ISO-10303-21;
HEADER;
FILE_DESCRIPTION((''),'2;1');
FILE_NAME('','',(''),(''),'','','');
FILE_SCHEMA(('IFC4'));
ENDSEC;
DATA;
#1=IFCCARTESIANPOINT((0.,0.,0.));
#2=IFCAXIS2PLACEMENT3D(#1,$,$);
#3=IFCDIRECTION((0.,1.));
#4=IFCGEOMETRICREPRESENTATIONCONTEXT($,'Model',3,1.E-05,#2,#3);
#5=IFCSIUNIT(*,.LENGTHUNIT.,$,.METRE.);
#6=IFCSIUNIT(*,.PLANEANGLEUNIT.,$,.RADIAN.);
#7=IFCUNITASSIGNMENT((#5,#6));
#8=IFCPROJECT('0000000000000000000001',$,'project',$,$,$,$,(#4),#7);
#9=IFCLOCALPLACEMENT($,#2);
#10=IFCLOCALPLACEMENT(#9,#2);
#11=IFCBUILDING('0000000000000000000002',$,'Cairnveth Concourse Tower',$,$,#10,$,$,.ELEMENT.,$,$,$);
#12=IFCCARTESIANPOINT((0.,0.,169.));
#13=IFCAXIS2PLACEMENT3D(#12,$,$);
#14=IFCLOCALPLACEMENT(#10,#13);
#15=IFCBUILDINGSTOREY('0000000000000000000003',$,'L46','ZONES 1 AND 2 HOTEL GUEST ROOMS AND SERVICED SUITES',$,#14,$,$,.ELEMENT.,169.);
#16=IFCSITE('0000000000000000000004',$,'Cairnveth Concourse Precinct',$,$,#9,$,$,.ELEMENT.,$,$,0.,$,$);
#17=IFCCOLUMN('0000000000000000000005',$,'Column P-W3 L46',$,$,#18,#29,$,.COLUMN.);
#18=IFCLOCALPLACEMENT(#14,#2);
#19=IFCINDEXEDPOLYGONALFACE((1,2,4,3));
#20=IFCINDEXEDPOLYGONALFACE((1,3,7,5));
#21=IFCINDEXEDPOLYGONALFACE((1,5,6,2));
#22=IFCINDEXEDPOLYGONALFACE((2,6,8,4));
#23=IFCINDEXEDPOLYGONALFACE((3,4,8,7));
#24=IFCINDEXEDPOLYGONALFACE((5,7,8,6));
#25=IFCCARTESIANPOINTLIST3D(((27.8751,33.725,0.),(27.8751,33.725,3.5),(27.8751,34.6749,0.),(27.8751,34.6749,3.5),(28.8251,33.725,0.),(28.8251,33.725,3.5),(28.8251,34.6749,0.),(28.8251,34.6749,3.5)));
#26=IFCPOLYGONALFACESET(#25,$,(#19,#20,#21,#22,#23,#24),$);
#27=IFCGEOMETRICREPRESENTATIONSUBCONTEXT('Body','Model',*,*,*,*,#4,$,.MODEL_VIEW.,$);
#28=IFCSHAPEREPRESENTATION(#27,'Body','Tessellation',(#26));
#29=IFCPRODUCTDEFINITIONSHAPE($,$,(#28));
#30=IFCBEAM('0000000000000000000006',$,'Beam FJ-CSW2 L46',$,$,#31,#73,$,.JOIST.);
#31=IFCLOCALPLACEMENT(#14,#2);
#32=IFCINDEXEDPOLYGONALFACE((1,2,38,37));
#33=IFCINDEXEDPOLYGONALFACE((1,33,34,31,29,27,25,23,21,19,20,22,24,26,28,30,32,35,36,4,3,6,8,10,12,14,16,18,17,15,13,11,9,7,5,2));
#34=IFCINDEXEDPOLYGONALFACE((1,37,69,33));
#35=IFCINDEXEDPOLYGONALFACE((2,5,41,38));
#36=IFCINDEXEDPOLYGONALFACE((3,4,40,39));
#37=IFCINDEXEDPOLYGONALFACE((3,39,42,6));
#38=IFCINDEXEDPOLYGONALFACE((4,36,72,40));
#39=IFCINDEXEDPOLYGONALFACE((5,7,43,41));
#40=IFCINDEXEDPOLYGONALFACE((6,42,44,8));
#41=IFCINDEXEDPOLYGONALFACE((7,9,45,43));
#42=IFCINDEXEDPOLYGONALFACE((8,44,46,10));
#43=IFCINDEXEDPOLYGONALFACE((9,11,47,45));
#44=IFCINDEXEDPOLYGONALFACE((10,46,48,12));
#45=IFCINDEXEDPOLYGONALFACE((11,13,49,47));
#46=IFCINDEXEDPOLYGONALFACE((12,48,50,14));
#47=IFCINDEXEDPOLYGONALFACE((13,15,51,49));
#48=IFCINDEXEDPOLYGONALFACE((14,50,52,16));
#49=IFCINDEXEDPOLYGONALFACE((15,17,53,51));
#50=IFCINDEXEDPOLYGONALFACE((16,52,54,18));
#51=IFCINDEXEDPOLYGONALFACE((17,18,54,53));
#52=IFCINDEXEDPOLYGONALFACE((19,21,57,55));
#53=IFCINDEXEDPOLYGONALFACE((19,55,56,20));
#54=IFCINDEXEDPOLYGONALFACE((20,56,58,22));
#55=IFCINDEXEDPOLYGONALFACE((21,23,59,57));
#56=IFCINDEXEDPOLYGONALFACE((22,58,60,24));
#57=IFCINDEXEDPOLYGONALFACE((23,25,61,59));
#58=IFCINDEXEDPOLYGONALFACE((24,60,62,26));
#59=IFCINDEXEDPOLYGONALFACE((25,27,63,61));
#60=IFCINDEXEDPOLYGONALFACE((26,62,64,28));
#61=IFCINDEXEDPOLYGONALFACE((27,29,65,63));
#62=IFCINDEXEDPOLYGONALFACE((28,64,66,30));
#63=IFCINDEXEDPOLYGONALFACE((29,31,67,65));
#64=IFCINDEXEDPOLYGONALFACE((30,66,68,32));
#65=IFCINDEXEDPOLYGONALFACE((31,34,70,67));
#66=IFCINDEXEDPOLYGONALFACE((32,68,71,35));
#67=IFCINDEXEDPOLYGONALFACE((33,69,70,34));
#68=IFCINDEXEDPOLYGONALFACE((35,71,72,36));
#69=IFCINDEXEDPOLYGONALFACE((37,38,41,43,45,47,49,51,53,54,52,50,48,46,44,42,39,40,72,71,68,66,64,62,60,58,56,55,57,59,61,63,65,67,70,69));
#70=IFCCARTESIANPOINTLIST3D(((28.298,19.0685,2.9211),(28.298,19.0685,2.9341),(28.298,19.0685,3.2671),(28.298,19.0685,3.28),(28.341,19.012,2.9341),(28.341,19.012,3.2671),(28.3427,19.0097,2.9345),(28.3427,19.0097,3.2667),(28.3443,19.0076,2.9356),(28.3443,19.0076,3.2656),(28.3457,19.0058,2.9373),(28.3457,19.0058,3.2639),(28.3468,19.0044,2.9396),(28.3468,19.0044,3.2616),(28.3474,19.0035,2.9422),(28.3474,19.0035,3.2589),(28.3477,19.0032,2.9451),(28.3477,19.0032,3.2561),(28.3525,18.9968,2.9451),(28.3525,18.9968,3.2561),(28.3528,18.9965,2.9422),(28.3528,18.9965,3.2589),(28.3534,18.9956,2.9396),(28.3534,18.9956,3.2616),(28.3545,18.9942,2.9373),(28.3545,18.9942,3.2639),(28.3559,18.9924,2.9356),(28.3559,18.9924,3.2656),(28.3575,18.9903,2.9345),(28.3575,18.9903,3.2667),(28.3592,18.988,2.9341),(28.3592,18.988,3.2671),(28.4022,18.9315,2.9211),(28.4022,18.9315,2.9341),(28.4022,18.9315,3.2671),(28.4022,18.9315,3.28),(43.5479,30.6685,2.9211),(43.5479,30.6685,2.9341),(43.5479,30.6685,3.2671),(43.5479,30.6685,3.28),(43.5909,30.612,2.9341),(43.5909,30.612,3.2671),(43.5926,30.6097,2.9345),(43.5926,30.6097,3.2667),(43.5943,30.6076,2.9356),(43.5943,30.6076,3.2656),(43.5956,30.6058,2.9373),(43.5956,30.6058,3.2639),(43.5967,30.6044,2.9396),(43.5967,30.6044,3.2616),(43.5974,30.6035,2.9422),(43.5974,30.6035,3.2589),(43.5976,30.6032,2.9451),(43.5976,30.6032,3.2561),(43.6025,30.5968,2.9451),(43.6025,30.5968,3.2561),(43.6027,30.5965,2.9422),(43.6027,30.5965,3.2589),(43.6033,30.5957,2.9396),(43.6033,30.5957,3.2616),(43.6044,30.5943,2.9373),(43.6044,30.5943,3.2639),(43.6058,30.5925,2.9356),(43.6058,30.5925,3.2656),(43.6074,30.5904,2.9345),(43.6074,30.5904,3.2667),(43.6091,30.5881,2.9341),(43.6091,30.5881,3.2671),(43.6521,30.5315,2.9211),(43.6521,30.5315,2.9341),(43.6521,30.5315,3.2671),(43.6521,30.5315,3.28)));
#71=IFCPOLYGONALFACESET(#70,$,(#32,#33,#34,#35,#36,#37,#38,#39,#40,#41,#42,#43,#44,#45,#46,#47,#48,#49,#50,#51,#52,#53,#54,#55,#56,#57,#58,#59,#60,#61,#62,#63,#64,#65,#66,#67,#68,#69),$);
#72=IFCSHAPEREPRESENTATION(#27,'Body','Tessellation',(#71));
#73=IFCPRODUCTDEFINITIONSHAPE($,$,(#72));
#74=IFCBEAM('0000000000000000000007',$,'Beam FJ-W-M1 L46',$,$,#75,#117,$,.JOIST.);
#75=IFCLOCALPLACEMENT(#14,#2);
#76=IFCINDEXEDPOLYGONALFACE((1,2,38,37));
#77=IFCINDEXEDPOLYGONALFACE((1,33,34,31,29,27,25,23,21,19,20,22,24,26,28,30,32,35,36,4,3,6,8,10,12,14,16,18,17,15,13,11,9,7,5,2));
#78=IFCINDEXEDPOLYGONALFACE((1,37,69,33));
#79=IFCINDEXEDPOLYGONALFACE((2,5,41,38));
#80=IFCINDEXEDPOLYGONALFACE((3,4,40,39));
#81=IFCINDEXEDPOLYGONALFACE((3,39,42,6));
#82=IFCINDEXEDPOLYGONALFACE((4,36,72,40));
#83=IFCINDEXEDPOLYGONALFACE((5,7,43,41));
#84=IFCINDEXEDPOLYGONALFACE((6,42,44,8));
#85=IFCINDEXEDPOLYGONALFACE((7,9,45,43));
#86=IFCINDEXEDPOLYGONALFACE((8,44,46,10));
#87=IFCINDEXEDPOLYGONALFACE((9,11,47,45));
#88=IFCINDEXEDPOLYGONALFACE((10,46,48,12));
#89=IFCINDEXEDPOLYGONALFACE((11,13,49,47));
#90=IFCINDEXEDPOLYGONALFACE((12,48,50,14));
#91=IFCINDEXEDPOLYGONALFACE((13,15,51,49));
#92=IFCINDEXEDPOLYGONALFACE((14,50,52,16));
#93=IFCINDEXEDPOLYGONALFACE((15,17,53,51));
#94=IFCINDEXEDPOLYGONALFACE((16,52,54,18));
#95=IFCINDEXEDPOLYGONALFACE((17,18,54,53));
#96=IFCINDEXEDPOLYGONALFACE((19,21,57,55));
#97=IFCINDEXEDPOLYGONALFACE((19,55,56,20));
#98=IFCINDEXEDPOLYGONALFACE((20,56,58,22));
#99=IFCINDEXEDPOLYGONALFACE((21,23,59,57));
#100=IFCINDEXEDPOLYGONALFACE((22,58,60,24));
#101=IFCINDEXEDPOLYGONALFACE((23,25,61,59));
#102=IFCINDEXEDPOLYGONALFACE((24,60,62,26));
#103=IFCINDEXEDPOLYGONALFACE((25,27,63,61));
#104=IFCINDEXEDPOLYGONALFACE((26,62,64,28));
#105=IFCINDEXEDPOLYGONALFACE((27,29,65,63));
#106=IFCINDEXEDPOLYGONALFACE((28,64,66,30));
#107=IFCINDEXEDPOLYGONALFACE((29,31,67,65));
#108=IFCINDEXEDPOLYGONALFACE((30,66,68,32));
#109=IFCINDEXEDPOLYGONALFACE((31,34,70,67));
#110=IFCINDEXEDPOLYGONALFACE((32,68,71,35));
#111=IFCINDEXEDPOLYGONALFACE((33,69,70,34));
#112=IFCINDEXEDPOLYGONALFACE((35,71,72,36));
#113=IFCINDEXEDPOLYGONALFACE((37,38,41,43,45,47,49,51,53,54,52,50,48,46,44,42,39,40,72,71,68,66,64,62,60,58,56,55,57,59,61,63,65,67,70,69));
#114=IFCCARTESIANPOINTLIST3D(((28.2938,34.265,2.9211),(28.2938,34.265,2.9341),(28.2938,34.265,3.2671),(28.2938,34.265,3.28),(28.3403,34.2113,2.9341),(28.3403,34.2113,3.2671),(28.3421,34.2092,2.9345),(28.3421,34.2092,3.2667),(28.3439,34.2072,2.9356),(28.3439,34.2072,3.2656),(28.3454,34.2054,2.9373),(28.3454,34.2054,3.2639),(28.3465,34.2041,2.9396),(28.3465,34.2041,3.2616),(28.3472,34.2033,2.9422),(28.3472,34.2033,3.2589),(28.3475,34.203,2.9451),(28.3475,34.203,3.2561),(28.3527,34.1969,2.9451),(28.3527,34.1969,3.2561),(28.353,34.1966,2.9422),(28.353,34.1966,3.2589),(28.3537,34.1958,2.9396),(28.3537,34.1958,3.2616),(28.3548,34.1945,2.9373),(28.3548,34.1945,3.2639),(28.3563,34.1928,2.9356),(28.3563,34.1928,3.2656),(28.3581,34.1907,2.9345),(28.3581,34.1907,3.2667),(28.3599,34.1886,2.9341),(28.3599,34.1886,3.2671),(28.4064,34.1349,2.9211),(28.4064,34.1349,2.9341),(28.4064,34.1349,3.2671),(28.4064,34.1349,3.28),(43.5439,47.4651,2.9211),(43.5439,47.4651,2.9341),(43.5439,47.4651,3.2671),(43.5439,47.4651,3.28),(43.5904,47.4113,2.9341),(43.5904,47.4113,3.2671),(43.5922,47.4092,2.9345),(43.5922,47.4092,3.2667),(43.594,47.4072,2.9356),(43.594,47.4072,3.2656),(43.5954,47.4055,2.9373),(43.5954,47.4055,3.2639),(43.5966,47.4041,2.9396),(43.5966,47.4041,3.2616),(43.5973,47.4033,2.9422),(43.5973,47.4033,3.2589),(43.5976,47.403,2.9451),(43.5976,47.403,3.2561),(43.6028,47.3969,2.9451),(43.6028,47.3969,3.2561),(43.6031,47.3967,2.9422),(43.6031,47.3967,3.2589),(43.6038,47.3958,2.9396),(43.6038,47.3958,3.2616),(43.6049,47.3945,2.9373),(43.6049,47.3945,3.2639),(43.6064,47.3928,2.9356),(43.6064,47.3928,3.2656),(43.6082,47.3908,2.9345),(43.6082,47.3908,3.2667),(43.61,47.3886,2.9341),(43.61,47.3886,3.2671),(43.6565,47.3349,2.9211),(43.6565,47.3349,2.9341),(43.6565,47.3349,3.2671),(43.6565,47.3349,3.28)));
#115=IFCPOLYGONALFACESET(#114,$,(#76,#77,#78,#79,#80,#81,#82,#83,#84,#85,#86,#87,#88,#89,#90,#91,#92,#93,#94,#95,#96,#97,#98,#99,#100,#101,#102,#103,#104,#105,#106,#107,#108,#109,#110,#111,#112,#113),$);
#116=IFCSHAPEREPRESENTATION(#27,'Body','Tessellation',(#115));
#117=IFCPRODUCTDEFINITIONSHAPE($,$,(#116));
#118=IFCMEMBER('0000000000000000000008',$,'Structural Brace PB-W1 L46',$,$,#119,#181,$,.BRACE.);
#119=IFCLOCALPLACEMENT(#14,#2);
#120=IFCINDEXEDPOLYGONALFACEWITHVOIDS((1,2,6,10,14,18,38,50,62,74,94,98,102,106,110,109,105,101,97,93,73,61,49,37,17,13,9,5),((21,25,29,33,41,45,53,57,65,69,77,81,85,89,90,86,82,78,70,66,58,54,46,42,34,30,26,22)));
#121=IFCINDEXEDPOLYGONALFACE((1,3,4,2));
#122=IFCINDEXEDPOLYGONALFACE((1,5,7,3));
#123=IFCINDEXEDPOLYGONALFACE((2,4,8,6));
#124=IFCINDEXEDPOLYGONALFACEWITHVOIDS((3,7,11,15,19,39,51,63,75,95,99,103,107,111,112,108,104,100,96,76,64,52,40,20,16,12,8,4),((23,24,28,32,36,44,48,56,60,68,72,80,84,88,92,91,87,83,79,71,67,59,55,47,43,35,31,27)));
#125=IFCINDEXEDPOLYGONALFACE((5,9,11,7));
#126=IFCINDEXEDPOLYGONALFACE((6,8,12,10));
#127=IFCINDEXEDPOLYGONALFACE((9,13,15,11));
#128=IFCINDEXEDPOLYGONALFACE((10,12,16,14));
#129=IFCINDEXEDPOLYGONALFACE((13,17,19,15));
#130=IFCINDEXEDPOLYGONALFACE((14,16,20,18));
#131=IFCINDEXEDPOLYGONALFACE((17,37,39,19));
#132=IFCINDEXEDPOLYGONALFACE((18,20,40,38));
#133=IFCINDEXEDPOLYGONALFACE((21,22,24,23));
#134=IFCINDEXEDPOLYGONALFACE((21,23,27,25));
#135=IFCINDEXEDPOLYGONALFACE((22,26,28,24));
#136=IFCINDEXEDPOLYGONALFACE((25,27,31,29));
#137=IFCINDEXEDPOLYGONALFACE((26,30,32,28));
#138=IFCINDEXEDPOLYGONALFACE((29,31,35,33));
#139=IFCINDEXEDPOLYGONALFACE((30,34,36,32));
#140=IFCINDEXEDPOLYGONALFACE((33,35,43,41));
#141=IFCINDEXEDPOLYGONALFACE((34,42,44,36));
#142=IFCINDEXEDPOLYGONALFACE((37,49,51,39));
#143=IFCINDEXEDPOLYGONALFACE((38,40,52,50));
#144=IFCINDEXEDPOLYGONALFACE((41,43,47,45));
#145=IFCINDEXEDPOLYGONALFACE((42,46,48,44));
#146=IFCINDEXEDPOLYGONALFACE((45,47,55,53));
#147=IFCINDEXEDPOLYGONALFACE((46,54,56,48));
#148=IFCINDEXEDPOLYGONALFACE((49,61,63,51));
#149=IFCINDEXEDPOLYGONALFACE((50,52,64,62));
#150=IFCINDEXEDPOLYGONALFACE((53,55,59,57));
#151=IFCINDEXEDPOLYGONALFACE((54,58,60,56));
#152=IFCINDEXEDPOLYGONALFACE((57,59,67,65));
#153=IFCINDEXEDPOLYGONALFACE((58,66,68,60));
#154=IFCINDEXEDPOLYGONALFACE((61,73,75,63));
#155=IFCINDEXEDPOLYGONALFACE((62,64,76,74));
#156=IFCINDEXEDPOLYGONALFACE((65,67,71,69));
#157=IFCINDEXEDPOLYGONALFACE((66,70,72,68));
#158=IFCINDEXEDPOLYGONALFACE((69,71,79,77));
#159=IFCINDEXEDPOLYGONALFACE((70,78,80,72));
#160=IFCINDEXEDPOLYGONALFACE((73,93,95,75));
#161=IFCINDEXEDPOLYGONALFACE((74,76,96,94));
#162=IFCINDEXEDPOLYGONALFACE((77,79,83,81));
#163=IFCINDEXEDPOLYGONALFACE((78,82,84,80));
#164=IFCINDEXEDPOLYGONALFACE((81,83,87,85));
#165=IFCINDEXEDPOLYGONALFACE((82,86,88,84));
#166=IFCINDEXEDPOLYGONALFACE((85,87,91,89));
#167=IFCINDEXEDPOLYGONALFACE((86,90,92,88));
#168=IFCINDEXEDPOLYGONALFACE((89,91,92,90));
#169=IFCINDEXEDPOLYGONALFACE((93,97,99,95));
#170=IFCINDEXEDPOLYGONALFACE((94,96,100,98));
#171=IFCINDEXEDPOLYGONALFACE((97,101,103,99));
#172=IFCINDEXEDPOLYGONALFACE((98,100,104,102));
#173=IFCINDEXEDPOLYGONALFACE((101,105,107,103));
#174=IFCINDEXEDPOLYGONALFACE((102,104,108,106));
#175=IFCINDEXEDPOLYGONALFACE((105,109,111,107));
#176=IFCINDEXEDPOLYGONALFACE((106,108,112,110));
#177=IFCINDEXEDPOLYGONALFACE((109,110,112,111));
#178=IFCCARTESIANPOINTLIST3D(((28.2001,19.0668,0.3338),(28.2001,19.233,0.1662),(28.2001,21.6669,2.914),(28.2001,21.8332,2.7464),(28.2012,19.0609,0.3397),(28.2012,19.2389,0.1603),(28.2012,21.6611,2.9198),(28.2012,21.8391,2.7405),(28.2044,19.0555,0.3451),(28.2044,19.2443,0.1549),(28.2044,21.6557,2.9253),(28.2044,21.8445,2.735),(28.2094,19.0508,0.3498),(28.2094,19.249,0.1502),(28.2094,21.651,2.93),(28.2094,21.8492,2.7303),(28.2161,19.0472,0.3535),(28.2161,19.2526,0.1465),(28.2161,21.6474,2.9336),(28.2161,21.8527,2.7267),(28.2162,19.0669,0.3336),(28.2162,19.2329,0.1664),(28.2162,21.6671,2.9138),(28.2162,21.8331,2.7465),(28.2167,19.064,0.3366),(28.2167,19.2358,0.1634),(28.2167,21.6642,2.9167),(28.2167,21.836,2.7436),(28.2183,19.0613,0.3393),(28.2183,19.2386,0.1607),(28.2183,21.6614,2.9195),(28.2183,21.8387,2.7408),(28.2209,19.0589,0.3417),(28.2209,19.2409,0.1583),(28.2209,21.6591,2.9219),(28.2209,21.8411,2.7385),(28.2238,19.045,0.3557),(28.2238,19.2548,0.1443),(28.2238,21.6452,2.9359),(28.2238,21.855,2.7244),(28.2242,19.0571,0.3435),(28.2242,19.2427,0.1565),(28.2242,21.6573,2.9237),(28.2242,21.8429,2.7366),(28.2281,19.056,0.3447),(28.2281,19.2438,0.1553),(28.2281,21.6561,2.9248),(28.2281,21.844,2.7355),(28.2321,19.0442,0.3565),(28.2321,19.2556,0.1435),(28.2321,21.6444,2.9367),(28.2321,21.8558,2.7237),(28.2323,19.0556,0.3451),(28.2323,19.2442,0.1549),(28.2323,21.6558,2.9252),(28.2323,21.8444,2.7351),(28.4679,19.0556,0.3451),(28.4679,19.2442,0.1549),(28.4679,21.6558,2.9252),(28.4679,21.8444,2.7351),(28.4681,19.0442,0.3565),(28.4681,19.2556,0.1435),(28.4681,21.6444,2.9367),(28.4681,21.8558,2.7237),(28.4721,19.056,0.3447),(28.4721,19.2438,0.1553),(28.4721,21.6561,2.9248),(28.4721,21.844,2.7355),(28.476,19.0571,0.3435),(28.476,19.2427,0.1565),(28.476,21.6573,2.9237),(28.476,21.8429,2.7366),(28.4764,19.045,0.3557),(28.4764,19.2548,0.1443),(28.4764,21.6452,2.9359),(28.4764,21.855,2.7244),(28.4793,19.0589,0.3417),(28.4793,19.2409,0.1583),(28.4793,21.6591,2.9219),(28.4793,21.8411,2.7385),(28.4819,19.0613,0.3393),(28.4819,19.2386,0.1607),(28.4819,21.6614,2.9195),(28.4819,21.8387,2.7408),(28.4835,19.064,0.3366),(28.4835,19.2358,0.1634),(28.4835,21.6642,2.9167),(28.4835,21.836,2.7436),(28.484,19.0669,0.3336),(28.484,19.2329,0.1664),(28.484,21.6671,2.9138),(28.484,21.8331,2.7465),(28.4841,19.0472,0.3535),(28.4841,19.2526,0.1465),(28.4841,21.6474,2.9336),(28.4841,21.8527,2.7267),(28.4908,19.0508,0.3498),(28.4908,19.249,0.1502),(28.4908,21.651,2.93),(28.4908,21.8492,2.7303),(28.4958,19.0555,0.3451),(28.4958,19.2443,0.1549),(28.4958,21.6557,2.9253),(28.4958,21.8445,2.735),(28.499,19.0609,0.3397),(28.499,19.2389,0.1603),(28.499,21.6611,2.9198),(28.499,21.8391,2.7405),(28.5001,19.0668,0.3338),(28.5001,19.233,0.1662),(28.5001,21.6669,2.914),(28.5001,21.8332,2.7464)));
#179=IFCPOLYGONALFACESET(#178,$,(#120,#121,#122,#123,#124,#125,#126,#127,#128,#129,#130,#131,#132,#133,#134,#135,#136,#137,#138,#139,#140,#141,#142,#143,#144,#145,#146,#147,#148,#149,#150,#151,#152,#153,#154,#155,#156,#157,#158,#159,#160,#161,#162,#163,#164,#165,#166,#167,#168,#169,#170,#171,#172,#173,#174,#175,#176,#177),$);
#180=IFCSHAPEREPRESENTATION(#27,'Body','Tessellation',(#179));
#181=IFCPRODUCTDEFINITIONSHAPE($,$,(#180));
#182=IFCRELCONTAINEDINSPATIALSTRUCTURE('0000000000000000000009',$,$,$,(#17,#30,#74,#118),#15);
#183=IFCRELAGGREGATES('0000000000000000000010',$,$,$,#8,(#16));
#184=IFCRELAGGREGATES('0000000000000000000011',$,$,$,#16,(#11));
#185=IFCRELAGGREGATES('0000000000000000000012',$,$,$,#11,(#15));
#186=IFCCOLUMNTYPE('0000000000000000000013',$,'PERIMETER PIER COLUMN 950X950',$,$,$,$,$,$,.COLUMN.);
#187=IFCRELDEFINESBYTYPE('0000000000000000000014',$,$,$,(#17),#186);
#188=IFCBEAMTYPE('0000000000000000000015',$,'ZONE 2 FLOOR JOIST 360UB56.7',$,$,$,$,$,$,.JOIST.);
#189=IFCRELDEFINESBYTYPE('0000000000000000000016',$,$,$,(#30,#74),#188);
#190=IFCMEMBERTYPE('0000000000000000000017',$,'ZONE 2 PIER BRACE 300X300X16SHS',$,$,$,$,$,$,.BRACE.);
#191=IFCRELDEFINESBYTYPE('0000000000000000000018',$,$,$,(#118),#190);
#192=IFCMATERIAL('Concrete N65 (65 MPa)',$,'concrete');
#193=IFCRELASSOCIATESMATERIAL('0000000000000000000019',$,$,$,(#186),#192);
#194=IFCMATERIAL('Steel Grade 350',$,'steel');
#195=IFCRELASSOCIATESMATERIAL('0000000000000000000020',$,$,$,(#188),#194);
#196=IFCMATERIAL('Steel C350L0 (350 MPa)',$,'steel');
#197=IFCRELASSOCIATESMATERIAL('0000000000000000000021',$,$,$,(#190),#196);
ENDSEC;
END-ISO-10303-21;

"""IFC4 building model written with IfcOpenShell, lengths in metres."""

from ifc_helpers import new_model, si_unit, direction, frame, origin, origin_2d, place, context, subcontext, project, spatial, rectangle, hollow_rectangle, i_section, extrude, material, material_profile, profile_set, type_object, element, save


model = new_model("IFC4")

# Units and contexts
model_context = context("Model", 3, precision=1e-05, world=origin(), true_north=direction((0.0, 1.0)))
body_context = subcontext(model_context, "Body", "Model", "MODEL_VIEW")
ifc_project = project(units=[si_unit("LENGTHUNIT", "METRE"), si_unit("PLANEANGLEUNIT", "RADIAN")], contexts=[model_context])

# Site, building, storey
site_placement = place(None, origin())
site = spatial("IfcSite", under=ifc_project, at=site_placement, Name="Cairnveth Concourse Precinct", CompositionType="ELEMENT", RefElevation=0.0)
building_placement = place(site_placement, origin())
building = spatial("IfcBuilding", under=site, at=building_placement, Name="Cairnveth Concourse Tower", CompositionType="ELEMENT")
storey_placement = place(building_placement, frame((0.0, 0.0, 169.0)))
storey = spatial("IfcBuildingStorey", under=building, at=storey_placement, Name="L46", Description="ZONES 1 AND 2 HOTEL GUEST ROOMS AND SERVICED SUITES", CompositionType="ELEMENT", Elevation=169.0)

# Column
ifc_material_1 = material(Name="Concrete N65 (65 MPa)", Category="concrete")
ifc_material_profile_1 = material_profile(ifc_material_1, rectangle(XDim=0.95, YDim=0.95, at=origin_2d()), Name="RC-COL-950x950")
ifc_profile_set_1 = profile_set([ifc_material_profile_1], Name="Concrete N65 (65 MPa)")
column_type = type_object("IfcColumnType", Name="PERIMETER PIER COLUMN 950X950", PredefinedType="COLUMN", material=ifc_profile_set_1)
column_placement = place(storey_placement, frame((28.3501, 34.2, 0.0), z_axis=(0.0, 0.0, 1.0), x_axis=(0.0, 1.0, 0.0)))
element("IfcColumn", 1, at=column_placement, inside=storey, type_object=column_type, Name="Column P-W3 L46", PredefinedType="COLUMN", context=body_context, shape_type="SweptSolid", body=[
    extrude(rectangle(XDim=0.95, YDim=0.95, at=origin_2d()), origin(), (0.0, 0.0, 1.0), 3.5),
])

# Beams
ifc_material_2 = material(Name="Steel Grade 350", Category="steel")
ifc_material_profile_2 = material_profile(ifc_material_2, i_section(OverallWidth=0.1721, OverallDepth=0.3589, WebThickness=0.0081, FlangeThickness=0.0129, FilletRadius=0.011, at=origin_2d()), Name="360UB56.7")
ifc_profile_set_2 = profile_set([ifc_material_profile_2], Name="Steel Grade 350")
beam_type_1 = type_object("IfcBeamType", Name="ZONE 2 FLOOR JOIST 360UB56.7", PredefinedType="JOIST", material=ifc_profile_set_2)
beam_1_placement = place(storey_placement, frame((28.3501, 19.0, 3.1006), z_axis=(0.795908, 0.605417, 0.0), x_axis=(-0.605417, 0.795908, 0.0)))
element("IfcBeam", 2, at=beam_1_placement, inside=storey, type_object=beam_type_1, Name="Beam FJ-CSW2 L46", PredefinedType="JOIST", context=body_context, shape_type="SweptSolid", body=[
    extrude(i_section(OverallWidth=0.1721, OverallDepth=0.3589, WebThickness=0.0081, FlangeThickness=0.0129, FilletRadius=0.011, at=origin_2d()), origin(), (0.0, 0.0, 1.0), 19.1604),
])
beam_2_placement = place(storey_placement, frame((28.3501, 34.2, 3.1006), z_axis=(0.756099, 0.654457, 0.0), x_axis=(-0.654457, 0.756099, 0.0)))
element("IfcBeam", 3, at=beam_2_placement, inside=storey, type_object=beam_type_1, Name="Beam FJ-W-M1 L46", PredefinedType="JOIST", context=body_context, shape_type="SweptSolid", body=[
    extrude(i_section(OverallWidth=0.1721, OverallDepth=0.3589, WebThickness=0.0081, FlangeThickness=0.0129, FilletRadius=0.011, at=origin_2d()), origin(), (0.0, 0.0, 1.0), 20.1694),
])

# Member
ifc_material_3 = material(Name="Steel C350L0 (350 MPa)", Category="steel")
ifc_material_profile_3 = material_profile(ifc_material_3, hollow_rectangle(XDim=0.3, YDim=0.3, WallThickness=0.0161, InnerFilletRadius=0.0161, OuterFilletRadius=0.032, at=origin_2d()), Name="300x300x16.0SHS")
ifc_profile_set_3 = profile_set([ifc_material_profile_3], Name="Steel C350L0 (350 MPa)")
member_type = type_object("IfcMemberType", Name="ZONE 2 PIER BRACE 300X300X16SHS", PredefinedType="BRACE", material=ifc_profile_set_3)
member_placement = place(storey_placement, frame((28.3501, 19.1499, 0.25), z_axis=(0.0, 0.709834, 0.704369), x_axis=(-1.0, 0.0, 0.0)))
element("IfcMember", 4, at=member_placement, inside=storey, type_object=member_type, Name="Structural Brace PB-W1 L46", PredefinedType="BRACE", context=body_context, shape_type="SweptSolid", body=[
    extrude(hollow_rectangle(XDim=0.3, YDim=0.3, WallThickness=0.0161, InnerFilletRadius=0.0161, OuterFilletRadius=0.032, at=origin_2d()), origin(), (0.0, 0.0, 1.0), 3.6631),
])

save(model, "model.ifc")
